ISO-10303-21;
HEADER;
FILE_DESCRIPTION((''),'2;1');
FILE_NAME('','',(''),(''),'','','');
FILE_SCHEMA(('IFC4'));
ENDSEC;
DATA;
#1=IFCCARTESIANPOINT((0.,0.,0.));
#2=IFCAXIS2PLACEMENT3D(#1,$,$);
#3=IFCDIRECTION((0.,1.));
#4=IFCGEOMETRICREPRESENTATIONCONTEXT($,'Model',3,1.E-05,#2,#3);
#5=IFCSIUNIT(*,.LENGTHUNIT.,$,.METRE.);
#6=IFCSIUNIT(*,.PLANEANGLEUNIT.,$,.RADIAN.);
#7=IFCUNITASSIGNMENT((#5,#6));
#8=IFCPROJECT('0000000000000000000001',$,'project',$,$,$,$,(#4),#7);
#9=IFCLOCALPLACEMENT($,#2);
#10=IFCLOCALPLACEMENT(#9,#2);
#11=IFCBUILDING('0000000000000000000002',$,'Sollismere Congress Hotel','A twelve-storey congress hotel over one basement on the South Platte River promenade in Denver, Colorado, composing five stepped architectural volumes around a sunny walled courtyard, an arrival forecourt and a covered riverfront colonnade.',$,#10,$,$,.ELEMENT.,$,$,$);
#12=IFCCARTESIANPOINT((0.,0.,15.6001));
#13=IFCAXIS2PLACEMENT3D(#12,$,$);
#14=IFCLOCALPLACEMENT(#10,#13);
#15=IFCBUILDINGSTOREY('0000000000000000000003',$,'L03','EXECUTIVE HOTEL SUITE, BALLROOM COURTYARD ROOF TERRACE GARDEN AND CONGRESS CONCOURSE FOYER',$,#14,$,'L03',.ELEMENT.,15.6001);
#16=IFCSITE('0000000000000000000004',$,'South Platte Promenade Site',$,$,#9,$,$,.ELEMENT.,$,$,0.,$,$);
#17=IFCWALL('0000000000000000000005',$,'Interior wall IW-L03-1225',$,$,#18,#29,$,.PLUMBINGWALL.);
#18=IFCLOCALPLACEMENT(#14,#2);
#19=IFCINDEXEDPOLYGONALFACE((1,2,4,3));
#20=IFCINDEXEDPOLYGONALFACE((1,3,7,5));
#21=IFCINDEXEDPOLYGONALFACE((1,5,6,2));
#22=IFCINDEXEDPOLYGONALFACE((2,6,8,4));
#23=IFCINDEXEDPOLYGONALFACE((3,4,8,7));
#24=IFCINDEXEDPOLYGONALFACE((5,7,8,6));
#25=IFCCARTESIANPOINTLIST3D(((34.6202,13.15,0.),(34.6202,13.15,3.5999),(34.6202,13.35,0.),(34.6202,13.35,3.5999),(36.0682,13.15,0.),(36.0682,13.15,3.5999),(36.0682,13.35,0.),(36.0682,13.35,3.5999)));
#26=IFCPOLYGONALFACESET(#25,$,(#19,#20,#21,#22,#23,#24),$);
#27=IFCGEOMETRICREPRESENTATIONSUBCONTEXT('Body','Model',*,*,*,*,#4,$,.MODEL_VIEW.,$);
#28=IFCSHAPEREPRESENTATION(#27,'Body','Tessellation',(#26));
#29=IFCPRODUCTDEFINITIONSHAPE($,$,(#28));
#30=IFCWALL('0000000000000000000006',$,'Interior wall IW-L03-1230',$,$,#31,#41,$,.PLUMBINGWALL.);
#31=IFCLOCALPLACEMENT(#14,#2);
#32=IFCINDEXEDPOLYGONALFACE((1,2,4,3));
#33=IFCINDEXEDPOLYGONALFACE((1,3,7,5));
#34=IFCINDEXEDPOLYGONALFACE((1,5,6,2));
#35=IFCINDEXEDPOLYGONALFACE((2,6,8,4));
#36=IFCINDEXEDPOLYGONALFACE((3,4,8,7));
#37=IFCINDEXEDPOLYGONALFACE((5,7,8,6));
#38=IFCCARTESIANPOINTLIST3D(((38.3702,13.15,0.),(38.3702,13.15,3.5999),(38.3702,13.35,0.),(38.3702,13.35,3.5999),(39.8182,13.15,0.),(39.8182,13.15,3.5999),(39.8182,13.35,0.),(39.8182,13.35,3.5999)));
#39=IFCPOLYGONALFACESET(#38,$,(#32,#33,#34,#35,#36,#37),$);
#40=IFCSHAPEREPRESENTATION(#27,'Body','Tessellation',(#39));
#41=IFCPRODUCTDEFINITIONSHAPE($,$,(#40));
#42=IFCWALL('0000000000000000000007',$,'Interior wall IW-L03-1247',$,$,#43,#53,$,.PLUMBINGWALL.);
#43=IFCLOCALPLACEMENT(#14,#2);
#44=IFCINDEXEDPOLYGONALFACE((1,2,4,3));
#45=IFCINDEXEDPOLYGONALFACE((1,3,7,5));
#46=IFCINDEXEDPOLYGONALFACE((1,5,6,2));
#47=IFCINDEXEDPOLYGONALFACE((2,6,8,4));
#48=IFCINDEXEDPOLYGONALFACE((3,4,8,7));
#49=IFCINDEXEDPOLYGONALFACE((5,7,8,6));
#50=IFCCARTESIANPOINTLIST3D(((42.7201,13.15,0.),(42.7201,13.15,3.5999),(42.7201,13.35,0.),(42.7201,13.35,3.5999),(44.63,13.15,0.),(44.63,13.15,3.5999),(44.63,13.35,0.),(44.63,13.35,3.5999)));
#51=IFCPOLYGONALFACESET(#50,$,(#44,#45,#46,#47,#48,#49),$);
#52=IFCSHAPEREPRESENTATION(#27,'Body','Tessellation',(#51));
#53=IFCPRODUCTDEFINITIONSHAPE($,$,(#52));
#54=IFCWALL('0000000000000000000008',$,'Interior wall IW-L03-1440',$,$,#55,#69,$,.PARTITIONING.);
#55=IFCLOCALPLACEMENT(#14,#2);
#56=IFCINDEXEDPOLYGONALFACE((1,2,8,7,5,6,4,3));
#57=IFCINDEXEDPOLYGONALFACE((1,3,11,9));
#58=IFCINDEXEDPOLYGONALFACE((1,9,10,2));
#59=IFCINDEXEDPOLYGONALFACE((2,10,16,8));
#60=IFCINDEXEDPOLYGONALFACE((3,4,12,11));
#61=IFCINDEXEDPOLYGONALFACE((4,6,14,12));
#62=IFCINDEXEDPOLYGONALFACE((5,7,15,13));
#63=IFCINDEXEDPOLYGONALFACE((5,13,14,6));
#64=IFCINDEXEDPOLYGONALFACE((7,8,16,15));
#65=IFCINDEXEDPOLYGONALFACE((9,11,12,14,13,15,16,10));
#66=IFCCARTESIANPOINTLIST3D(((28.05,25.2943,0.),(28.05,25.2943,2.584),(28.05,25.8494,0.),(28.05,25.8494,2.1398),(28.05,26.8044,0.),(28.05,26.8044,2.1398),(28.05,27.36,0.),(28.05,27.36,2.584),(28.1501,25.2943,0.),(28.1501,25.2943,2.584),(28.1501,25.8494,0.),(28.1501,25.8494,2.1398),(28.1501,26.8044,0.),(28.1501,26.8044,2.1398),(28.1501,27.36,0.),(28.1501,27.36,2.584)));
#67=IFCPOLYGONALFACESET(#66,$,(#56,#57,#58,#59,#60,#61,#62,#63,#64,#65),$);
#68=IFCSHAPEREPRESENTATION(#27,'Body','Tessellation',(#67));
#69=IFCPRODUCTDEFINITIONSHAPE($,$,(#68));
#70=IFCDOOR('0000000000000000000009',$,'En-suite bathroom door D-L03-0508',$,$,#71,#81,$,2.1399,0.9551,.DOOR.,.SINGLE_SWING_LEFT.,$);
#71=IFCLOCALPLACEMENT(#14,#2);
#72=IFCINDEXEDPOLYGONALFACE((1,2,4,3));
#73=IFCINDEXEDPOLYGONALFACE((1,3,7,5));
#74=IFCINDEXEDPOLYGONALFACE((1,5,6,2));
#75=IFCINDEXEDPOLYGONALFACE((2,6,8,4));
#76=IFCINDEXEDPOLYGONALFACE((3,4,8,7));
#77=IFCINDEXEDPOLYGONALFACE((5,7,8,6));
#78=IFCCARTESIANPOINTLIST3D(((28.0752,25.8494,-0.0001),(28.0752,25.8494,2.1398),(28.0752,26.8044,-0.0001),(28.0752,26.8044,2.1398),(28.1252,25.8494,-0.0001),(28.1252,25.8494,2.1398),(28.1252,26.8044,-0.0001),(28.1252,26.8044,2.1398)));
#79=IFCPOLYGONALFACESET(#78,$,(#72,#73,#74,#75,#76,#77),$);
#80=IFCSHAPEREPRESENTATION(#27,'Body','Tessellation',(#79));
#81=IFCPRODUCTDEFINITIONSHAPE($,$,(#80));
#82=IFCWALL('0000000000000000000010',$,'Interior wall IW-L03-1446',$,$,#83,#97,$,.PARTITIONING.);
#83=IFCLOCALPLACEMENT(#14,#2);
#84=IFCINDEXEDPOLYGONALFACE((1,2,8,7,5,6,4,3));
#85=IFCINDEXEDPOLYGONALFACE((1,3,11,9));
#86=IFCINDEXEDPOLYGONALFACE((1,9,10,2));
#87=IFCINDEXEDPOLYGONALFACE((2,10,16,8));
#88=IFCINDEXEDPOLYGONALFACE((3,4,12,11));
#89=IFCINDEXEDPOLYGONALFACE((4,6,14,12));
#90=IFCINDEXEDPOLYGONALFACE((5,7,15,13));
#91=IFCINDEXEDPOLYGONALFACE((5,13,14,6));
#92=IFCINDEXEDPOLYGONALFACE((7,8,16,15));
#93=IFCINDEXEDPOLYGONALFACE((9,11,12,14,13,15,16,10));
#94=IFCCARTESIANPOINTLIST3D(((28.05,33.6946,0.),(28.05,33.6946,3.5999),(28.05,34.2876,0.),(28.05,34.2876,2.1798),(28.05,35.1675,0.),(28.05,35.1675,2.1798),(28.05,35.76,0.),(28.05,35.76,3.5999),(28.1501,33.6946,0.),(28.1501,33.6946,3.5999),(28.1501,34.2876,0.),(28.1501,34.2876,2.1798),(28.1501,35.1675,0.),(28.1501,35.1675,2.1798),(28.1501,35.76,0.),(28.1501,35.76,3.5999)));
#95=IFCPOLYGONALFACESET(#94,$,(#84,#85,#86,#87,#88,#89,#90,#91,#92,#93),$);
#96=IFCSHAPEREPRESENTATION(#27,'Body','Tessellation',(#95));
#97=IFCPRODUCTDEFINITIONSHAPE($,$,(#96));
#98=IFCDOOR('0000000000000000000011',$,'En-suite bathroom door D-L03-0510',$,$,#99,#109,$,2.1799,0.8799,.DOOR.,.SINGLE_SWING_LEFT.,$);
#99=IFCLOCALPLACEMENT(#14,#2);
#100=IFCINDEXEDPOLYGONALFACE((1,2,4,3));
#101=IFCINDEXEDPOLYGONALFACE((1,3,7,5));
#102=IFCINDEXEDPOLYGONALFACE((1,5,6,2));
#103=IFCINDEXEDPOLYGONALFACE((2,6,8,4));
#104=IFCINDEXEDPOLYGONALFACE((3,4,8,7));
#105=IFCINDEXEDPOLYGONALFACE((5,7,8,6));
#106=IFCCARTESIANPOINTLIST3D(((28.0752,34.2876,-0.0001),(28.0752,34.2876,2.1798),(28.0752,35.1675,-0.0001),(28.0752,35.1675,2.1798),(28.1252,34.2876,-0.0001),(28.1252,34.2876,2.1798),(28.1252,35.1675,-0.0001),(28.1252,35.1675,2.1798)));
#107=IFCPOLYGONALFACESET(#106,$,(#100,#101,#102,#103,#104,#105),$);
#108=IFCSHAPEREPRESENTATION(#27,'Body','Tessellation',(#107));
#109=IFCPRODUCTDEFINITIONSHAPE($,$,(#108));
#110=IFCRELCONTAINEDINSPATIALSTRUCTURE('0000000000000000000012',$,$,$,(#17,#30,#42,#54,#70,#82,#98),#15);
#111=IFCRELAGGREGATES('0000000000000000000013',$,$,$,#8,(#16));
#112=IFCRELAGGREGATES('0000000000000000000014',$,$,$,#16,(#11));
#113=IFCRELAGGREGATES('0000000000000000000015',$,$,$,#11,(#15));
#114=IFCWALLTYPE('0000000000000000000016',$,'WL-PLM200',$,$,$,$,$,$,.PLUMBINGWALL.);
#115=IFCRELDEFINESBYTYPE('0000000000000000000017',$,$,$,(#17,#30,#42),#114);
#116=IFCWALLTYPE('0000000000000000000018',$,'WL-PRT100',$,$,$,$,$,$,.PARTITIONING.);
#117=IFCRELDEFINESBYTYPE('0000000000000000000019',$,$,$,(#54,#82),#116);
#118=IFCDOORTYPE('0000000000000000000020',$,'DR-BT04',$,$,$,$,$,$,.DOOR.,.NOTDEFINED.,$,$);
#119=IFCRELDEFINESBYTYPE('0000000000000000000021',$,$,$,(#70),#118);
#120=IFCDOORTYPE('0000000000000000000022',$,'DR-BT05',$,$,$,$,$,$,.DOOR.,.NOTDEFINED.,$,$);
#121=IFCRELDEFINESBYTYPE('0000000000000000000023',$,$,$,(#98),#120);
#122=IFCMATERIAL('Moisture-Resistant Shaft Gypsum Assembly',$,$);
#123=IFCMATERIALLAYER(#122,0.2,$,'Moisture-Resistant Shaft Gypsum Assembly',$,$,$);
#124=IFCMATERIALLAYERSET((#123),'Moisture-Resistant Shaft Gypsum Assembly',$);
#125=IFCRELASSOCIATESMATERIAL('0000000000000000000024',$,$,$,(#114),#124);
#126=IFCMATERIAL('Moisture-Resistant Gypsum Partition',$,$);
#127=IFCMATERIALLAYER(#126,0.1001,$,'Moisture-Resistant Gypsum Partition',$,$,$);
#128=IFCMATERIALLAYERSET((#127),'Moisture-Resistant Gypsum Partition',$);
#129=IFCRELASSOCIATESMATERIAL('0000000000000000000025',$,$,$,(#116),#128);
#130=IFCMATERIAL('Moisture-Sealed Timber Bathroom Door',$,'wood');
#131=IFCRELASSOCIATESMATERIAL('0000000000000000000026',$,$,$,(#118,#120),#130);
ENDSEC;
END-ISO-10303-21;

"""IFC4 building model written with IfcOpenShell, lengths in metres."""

from ifc_helpers import new_model, si_unit, direction, frame, frame_2d, origin, place, context, subcontext, project, spatial, rectangle, extrude, material, layer, layer_set, type_object, element, fill, save


model = new_model("IFC4")

# Units and contexts
model_context = context("Model", 3, precision=1e-05, world=origin(), true_north=direction((0.0, 1.0)))
body_context = subcontext(model_context, "Body", "Model", "MODEL_VIEW")
ifc_project = project(units=[si_unit("LENGTHUNIT", "METRE"), si_unit("PLANEANGLEUNIT", "RADIAN")], contexts=[model_context])

# Site, building, storey
site_placement = place(None, origin())
site = spatial("IfcSite", under=ifc_project, at=site_placement, Name="South Platte Promenade Site", CompositionType="ELEMENT", RefElevation=0.0)
building_placement = place(site_placement, origin())
building = spatial("IfcBuilding", under=site, at=building_placement, Name="Sollismere Congress Hotel", Description="A twelve-storey congress hotel over one basement on the South Platte River promenade in Denver, Colorado, composing five stepped architectural volumes around a sunny walled courtyard, an arrival forecourt and a covered riverfront colonnade.", CompositionType="ELEMENT")
storey_placement = place(building_placement, frame((0.0, 0.0, 15.6001)))
storey = spatial("IfcBuildingStorey", under=building, at=storey_placement, Name="L03", Description="EXECUTIVE HOTEL SUITE, BALLROOM COURTYARD ROOF TERRACE GARDEN AND CONGRESS CONCOURSE FOYER", LongName="L03", CompositionType="ELEMENT", Elevation=15.6001)

# Walls
ifc_material_1 = material(Name="Moisture-Resistant Shaft Gypsum Assembly")
ifc_layer_1 = layer(ifc_material_1, 0.2, Name="Moisture-Resistant Shaft Gypsum Assembly")
ifc_layer_set_1 = layer_set([ifc_layer_1], Name="Moisture-Resistant Shaft Gypsum Assembly")
wall_type_1 = type_object("IfcWallType", Name="WL-PLM200", PredefinedType="PLUMBINGWALL", material=ifc_layer_set_1)
for number, where, z_axis, x_axis, name in (
    (1, (34.6201, 13.25, 0.0), (0.0, 0.0, 1.0), (1.0, 0.0, 0.0), "Interior wall IW-L03-1225"),
    (2, (38.3701, 13.25, 0.0), (0.0, 0.0, 1.0), (1.0, 0.0, 0.0), "Interior wall IW-L03-1230"),
):
    element("IfcWall", number, at=place(storey_placement, frame(where, z_axis=z_axis, x_axis=x_axis)), inside=storey, type_object=wall_type_1, Name=name, PredefinedType="PLUMBINGWALL", context=body_context, shape_type="SweptSolid", body=[
        extrude(rectangle(XDim=1.448, YDim=0.2, at=frame_2d((0.7241, 0.0))), origin(), (0.0, 0.0, 1.0), 3.5999),
    ])
wall_1_placement = place(storey_placement, frame((42.72, 13.25, 0.0), z_axis=(0.0, 0.0, 1.0), x_axis=(1.0, 0.0, 0.0)))
element("IfcWall", 3, at=wall_1_placement, inside=storey, type_object=wall_type_1, Name="Interior wall IW-L03-1247", PredefinedType="PLUMBINGWALL", context=body_context, shape_type="SweptSolid", body=[
    extrude(rectangle(XDim=1.9099, YDim=0.2, at=frame_2d((0.9551, 0.0))), origin(), (0.0, 0.0, 1.0), 3.5999),
])

# Walls, openings, doors
ifc_material_2 = material(Name="Moisture-Resistant Gypsum Partition")
ifc_layer_2 = layer(ifc_material_2, 0.1001, Name="Moisture-Resistant Gypsum Partition")
ifc_layer_set_2 = layer_set([ifc_layer_2], Name="Moisture-Resistant Gypsum Partition")
wall_type_2 = type_object("IfcWallType", Name="WL-PRT100", PredefinedType="PARTITIONING", material=ifc_layer_set_2)
wall_2_placement = place(storey_placement, frame((28.1001, 25.2944, 0.0), z_axis=(0.0, 0.0, 1.0), x_axis=(0.0, 1.0, 0.0)))
wall_2 = element("IfcWall", 4, at=wall_2_placement, inside=storey, type_object=wall_type_2, Name="Interior wall IW-L03-1440", PredefinedType="PARTITIONING", context=body_context, shape_type="SweptSolid", body=[
    extrude(rectangle(XDim=2.0657, YDim=0.1001, at=frame_2d((1.0327, 0.0))), origin(), (0.0, 0.0, 1.0), 2.584),
])
opening_1_placement = place(wall_2_placement, frame((0.5549, 0.0, 0.0)))
opening_1 = element("IfcOpeningElement", 5, at=opening_1_placement, cuts=wall_2, PredefinedType="OPENING", context=body_context, shape_type="SweptSolid", body=[
    extrude(rectangle(XDim=0.9551, YDim=2.1399, at=frame_2d((0.4775, 1.0698))), frame((0.0, 0.0601, 0.0), z_axis=(0.0, -1.0, 0.0), x_axis=(1.0, 0.0, 0.0)), (0.0, 0.0, 1.0), 0.1201),
])
ifc_material_3 = material(Name="Moisture-Sealed Timber Bathroom Door", Category="wood")
door_type_1 = type_object("IfcDoorType", Name="DR-BT04", OperationType="NOTDEFINED", PredefinedType="DOOR", material=ifc_material_3)
door_1_placement = place(opening_1_placement, origin())
door_1 = element("IfcDoor", 6, at=door_1_placement, inside=storey, type_object=door_type_1, Name="En-suite bathroom door D-L03-0508", OperationType="SINGLE_SWING_LEFT", OverallHeight=2.1399, OverallWidth=0.9551, PredefinedType="DOOR", context=body_context, shape_type="SweptSolid", body=[
    extrude(rectangle(XDim=0.9551, YDim=2.1399, at=frame_2d((0.4775, 1.0698))), frame((0.0, 0.0249, 0.0), z_axis=(0.0, -1.0, 0.0), x_axis=(1.0, 0.0, 0.0)), (0.0, 0.0, 1.0), 0.05),
])
fill(opening_1, door_1)
wall_3_placement = place(storey_placement, frame((28.1001, 33.6946, 0.0), z_axis=(0.0, 0.0, 1.0), x_axis=(0.0, 1.0, 0.0)))
wall_3 = element("IfcWall", 7, at=wall_3_placement, inside=storey, type_object=wall_type_2, Name="Interior wall IW-L03-1446", PredefinedType="PARTITIONING", context=body_context, shape_type="SweptSolid", body=[
    extrude(rectangle(XDim=2.0654, YDim=0.1001, at=frame_2d((1.0327, 0.0))), origin(), (0.0, 0.0, 1.0), 3.5999),
])
opening_2_placement = place(wall_3_placement, frame((0.593, 0.0, 0.0)))
opening_2 = element("IfcOpeningElement", 8, at=opening_2_placement, cuts=wall_3, PredefinedType="OPENING", context=body_context, shape_type="SweptSolid", body=[
    extrude(rectangle(XDim=0.8799, YDim=2.1799, at=frame_2d((0.4399, 1.0898))), frame((0.0, 0.0601, 0.0), z_axis=(0.0, -1.0, 0.0), x_axis=(1.0, 0.0, 0.0)), (0.0, 0.0, 1.0), 0.1201),
])
door_type_2 = type_object("IfcDoorType", Name="DR-BT05", OperationType="NOTDEFINED", PredefinedType="DOOR", material=ifc_material_3)
door_2_placement = place(opening_2_placement, origin())
door_2 = element("IfcDoor", 9, at=door_2_placement, inside=storey, type_object=door_type_2, Name="En-suite bathroom door D-L03-0510", OperationType="SINGLE_SWING_LEFT", OverallHeight=2.1799, OverallWidth=0.8799, PredefinedType="DOOR", context=body_context, shape_type="SweptSolid", body=[
    extrude(rectangle(XDim=0.8799, YDim=2.1799, at=frame_2d((0.4399, 1.0898))), frame((0.0, 0.0249, 0.0), z_axis=(0.0, -1.0, 0.0), x_axis=(1.0, 0.0, 0.0)), (0.0, 0.0, 1.0), 0.05),
])
fill(opening_2, door_2)

save(model, "model.ifc")
